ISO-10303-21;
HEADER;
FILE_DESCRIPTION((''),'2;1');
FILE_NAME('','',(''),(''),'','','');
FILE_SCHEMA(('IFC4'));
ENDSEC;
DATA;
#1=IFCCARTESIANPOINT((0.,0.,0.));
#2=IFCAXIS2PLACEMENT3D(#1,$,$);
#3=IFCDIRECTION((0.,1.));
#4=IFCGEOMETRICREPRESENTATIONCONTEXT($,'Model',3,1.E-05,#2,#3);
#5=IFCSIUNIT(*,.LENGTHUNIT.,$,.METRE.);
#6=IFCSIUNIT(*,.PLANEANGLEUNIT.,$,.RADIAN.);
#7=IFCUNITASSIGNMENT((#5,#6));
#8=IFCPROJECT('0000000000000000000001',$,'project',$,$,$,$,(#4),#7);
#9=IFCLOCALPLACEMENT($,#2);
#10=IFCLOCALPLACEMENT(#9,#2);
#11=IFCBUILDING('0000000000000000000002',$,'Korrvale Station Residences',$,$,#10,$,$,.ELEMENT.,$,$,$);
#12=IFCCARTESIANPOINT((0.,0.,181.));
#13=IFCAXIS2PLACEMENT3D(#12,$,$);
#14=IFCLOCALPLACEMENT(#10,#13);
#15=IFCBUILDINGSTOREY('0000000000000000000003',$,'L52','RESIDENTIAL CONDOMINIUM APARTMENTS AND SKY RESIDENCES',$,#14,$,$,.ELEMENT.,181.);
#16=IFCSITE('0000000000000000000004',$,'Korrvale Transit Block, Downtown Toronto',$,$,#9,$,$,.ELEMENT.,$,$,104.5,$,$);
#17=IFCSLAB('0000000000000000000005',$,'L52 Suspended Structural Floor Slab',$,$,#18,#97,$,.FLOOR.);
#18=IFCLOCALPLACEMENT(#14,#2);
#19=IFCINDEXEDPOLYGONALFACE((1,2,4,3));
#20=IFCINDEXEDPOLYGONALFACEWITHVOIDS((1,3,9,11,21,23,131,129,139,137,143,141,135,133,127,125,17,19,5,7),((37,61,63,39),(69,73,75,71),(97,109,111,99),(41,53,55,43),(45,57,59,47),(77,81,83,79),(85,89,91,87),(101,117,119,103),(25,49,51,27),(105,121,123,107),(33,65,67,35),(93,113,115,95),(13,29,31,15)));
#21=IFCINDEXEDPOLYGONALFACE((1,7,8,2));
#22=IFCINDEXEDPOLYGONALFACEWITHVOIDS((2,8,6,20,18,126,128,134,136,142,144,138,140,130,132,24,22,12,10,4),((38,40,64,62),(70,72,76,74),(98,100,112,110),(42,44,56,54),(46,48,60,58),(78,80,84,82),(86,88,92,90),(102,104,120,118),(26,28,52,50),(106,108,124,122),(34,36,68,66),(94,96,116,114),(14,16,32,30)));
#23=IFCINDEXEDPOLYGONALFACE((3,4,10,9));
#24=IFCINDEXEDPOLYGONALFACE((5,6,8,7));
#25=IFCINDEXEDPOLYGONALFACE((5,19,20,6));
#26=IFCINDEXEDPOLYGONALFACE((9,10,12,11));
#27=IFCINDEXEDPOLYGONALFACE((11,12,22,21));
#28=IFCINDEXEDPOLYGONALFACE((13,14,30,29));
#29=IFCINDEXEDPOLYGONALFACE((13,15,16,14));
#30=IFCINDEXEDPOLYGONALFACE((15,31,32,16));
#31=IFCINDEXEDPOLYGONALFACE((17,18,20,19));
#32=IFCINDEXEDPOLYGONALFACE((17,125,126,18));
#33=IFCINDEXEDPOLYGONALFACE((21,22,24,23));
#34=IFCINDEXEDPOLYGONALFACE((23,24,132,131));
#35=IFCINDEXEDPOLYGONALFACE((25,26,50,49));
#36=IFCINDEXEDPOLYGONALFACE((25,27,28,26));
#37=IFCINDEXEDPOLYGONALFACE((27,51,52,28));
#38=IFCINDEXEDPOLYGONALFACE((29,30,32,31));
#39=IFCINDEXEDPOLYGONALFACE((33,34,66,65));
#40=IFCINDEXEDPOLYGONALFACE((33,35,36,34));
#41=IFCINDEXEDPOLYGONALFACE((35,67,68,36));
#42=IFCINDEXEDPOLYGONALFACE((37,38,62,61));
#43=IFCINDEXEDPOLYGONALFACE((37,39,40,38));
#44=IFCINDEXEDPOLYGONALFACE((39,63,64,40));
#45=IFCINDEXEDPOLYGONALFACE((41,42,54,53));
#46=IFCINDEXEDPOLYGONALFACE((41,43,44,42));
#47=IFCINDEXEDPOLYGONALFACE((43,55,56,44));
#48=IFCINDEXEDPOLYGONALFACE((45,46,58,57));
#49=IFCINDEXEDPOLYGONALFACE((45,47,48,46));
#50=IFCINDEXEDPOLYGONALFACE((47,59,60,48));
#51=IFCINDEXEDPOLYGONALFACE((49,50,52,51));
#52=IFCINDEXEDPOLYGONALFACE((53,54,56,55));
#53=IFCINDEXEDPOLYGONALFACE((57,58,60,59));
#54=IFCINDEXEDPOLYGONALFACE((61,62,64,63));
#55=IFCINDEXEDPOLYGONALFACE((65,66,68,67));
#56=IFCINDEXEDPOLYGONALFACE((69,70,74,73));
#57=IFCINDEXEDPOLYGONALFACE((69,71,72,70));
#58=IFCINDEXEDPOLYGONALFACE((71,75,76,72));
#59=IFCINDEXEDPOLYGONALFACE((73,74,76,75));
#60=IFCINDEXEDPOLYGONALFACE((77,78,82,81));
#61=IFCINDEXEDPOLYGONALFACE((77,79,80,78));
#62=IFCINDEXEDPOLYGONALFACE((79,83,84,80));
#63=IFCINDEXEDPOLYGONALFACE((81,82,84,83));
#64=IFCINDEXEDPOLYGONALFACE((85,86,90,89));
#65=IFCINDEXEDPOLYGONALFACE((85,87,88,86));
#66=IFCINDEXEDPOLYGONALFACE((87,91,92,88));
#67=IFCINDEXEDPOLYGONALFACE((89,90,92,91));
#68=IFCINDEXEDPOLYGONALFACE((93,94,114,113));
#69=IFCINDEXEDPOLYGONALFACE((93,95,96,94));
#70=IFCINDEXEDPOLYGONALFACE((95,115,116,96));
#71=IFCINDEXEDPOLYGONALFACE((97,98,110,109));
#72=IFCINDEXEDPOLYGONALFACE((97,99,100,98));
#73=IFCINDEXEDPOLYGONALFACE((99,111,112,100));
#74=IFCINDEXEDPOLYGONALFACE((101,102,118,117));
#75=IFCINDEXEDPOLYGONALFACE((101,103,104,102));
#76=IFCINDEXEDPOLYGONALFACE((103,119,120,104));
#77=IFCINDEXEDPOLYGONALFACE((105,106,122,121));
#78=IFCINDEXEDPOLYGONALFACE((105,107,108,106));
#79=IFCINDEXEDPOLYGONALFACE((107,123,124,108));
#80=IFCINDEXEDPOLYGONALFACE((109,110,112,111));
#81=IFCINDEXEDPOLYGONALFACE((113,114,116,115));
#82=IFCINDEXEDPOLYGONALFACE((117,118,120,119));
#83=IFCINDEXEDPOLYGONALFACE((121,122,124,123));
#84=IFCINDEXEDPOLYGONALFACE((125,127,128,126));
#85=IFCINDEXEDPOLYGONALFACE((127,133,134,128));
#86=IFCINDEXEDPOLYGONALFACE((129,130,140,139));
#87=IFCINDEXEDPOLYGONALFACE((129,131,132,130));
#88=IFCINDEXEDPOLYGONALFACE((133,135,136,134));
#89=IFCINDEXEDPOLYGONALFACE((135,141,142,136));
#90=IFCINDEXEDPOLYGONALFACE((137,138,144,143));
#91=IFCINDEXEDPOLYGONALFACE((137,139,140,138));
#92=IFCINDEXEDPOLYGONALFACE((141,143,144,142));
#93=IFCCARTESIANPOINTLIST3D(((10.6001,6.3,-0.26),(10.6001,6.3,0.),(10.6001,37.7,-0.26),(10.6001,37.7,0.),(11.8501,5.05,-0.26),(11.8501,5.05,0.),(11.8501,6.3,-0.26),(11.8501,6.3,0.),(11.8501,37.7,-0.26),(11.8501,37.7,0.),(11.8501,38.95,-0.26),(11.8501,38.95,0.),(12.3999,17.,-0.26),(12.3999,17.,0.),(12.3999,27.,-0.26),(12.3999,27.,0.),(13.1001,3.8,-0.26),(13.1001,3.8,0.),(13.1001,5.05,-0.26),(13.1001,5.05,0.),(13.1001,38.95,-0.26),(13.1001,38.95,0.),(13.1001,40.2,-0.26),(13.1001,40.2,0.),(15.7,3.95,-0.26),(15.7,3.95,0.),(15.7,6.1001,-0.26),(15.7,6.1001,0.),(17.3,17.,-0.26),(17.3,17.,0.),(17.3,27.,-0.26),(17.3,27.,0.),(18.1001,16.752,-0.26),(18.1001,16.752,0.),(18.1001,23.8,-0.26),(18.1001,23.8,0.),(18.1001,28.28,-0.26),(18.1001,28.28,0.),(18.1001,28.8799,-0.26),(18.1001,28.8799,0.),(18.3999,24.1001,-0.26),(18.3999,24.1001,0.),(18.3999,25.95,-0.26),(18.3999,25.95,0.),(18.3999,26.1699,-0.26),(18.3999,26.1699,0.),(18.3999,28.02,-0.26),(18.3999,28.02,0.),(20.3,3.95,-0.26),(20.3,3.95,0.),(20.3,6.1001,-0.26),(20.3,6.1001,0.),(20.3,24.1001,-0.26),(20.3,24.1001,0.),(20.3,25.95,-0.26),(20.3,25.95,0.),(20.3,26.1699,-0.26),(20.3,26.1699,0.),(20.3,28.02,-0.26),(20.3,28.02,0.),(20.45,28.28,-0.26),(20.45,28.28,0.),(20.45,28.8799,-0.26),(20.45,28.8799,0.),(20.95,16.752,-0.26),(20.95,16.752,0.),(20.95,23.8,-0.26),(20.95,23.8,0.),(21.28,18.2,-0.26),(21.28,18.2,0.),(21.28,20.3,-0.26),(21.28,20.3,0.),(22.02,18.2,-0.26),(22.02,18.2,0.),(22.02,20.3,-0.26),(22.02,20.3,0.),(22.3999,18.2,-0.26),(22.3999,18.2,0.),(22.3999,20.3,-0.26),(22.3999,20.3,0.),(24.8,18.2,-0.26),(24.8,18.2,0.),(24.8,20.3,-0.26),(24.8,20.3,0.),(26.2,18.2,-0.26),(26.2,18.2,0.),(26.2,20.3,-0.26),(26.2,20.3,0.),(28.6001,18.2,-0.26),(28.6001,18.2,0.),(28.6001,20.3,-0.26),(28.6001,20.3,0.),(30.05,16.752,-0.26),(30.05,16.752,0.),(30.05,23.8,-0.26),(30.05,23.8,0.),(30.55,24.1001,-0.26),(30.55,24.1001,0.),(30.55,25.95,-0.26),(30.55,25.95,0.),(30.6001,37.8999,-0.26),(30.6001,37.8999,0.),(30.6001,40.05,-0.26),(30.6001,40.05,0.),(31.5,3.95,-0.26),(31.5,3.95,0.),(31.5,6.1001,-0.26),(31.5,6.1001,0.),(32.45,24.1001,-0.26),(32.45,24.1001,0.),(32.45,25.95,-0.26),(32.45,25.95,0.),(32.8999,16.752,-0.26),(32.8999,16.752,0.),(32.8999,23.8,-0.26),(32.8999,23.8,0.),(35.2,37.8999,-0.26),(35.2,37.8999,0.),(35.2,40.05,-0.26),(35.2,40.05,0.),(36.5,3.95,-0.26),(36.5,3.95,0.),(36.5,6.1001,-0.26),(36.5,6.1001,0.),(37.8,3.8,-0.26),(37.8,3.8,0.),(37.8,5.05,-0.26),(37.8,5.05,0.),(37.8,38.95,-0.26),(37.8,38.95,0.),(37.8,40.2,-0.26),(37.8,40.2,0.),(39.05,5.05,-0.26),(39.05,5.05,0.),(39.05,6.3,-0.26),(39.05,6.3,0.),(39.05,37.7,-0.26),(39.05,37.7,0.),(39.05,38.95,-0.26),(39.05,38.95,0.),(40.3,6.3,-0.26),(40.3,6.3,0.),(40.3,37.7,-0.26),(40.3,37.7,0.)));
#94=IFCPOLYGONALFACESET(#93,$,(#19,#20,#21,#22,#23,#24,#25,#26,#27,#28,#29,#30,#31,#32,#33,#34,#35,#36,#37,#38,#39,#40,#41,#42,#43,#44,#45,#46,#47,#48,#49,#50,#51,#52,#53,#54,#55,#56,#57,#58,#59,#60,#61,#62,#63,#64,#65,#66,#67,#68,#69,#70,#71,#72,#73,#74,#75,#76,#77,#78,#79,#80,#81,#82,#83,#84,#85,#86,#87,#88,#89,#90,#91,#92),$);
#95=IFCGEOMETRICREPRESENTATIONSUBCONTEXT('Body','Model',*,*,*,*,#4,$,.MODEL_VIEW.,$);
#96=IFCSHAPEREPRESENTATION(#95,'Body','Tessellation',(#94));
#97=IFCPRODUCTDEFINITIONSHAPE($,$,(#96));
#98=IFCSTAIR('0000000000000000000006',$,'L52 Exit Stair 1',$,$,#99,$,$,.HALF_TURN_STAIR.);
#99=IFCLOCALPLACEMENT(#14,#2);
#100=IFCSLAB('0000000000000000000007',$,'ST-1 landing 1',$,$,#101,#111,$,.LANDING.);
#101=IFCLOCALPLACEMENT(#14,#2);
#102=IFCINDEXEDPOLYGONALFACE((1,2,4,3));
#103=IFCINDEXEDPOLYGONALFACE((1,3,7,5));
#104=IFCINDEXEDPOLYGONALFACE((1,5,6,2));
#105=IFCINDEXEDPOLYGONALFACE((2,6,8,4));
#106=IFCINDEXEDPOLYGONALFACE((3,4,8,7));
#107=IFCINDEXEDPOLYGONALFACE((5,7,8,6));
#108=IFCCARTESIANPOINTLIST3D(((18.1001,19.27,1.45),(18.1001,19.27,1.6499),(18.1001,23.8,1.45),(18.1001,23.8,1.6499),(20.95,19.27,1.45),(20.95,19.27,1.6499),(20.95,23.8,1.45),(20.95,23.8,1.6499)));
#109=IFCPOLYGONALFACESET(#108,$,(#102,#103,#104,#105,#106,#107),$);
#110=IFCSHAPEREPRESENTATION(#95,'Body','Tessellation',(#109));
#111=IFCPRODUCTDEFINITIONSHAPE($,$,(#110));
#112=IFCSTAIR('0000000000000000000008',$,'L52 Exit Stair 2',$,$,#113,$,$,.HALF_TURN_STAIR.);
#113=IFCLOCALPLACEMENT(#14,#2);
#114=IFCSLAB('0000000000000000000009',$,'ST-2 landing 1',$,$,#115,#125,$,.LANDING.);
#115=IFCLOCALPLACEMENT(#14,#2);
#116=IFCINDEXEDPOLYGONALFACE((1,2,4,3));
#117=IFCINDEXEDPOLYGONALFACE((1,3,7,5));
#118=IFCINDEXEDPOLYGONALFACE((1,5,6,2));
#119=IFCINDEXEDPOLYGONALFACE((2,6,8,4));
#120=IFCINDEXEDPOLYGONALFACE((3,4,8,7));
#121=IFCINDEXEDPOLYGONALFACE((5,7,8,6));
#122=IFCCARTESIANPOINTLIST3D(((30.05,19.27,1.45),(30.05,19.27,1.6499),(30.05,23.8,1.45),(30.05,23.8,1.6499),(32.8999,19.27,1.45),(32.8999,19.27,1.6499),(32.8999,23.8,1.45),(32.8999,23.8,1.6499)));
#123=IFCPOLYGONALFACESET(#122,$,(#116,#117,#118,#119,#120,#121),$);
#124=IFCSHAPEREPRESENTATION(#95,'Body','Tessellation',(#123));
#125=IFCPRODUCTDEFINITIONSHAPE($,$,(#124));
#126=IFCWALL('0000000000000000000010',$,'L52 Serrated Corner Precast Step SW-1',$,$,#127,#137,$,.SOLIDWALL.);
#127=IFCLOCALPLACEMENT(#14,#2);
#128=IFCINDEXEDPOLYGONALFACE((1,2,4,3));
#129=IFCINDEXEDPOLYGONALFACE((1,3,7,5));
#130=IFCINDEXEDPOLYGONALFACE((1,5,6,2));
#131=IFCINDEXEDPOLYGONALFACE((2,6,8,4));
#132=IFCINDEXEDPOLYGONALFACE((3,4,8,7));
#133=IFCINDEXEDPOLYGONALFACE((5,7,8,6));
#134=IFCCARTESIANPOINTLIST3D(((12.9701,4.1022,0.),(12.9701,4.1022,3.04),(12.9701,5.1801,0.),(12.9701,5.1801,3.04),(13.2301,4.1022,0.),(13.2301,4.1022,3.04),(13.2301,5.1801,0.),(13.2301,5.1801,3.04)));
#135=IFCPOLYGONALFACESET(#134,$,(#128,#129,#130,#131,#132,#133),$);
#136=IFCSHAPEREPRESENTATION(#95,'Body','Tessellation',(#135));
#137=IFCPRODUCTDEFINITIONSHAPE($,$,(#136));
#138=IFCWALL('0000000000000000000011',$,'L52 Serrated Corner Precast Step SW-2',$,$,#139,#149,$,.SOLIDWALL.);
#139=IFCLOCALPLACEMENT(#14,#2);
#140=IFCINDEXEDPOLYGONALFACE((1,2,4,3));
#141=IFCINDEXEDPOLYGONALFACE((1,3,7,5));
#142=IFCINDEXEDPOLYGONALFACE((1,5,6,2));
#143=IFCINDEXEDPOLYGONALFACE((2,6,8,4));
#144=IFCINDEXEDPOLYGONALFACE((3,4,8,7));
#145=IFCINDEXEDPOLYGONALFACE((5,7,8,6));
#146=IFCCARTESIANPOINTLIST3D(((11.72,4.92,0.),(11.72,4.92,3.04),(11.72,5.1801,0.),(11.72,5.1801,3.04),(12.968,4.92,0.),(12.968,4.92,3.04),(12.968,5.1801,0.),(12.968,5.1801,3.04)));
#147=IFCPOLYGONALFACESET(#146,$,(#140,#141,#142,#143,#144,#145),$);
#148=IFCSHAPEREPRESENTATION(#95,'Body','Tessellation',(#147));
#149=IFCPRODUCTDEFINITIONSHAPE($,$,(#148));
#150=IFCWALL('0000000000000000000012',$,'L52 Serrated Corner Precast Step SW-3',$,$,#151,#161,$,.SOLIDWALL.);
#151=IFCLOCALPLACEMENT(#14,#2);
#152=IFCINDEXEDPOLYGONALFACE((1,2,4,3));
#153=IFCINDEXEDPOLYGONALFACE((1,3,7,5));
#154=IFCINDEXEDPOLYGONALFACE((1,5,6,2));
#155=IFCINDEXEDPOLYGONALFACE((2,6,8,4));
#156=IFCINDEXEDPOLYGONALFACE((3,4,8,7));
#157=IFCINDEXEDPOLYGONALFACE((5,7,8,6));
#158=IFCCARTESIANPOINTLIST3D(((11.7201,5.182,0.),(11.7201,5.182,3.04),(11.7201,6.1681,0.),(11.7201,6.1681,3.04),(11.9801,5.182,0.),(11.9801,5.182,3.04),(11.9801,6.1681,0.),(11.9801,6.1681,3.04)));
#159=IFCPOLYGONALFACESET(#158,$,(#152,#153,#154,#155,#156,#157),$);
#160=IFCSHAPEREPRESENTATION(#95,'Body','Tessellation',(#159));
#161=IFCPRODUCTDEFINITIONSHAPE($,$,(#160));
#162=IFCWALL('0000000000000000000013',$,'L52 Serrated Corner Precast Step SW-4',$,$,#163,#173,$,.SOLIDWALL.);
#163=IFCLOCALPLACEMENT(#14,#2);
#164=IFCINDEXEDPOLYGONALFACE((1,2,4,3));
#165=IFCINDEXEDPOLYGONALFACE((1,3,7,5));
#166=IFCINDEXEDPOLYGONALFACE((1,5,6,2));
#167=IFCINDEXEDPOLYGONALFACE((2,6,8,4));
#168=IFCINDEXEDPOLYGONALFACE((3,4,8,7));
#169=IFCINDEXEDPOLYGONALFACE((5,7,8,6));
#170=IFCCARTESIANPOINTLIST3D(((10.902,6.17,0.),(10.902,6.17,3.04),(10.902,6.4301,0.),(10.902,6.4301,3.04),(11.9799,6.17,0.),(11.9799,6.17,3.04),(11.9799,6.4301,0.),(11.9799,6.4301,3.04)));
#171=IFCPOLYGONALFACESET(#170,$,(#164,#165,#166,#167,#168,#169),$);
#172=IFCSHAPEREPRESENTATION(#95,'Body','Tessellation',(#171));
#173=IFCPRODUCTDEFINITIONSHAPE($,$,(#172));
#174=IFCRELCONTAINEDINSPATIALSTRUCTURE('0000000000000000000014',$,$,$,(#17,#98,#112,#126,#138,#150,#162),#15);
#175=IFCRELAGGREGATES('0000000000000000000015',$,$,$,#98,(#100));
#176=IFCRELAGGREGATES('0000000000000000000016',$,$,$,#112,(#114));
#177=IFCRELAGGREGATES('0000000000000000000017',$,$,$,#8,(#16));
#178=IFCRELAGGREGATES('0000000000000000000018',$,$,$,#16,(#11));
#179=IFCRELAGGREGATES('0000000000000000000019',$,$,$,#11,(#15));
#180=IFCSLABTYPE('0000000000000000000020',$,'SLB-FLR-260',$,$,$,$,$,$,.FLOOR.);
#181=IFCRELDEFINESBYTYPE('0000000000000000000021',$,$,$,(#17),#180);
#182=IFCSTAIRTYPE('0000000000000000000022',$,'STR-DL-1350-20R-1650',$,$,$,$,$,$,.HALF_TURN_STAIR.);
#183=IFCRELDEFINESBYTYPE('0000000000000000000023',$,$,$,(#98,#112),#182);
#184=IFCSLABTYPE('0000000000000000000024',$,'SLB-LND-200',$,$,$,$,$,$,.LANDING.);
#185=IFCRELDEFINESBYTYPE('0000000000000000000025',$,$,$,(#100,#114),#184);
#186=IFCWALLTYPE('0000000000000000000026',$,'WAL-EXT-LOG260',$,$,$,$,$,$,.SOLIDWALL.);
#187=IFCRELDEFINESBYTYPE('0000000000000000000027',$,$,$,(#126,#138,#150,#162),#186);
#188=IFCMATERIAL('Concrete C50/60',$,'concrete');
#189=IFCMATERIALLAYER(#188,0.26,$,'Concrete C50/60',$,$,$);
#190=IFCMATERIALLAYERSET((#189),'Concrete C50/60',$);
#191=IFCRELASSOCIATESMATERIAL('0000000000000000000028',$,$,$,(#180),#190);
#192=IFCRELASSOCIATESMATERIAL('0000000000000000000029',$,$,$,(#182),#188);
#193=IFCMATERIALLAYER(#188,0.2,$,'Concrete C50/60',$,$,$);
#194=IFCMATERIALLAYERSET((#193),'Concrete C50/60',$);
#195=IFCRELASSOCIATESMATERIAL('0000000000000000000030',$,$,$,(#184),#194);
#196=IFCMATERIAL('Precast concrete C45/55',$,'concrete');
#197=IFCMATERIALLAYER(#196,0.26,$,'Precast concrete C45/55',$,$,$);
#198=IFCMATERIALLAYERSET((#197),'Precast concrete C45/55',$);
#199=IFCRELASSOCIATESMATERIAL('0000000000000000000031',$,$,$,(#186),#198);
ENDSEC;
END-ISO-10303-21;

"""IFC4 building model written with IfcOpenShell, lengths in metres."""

from ifc_helpers import new_model, si_unit, direction, frame, frame_2d, origin, place, context, subcontext, project, spatial, polyline, rectangle, outline, extrude, material, layer, layer_set, type_object, element, aggregate, save


model = new_model("IFC4")

# Units and contexts
model_context = context("Model", 3, precision=1e-05, world=origin(), true_north=direction((0.0, 1.0)))
body_context = subcontext(model_context, "Body", "Model", "MODEL_VIEW")
ifc_project = project(units=[si_unit("LENGTHUNIT", "METRE"), si_unit("PLANEANGLEUNIT", "RADIAN")], contexts=[model_context])

# Site, building, storey
site_placement = place(None, origin())
site = spatial("IfcSite", under=ifc_project, at=site_placement, Name="Korrvale Transit Block, Downtown Toronto", CompositionType="ELEMENT", RefElevation=104.5)
building_placement = place(site_placement, origin())
building = spatial("IfcBuilding", under=site, at=building_placement, Name="Korrvale Station Residences", CompositionType="ELEMENT")
storey_placement = place(building_placement, frame((0.0, 0.0, 181.0)))
storey = spatial("IfcBuildingStorey", under=building, at=storey_placement, Name="L52", Description="RESIDENTIAL CONDOMINIUM APARTMENTS AND SKY RESIDENCES", CompositionType="ELEMENT", Elevation=181.0)

# Shared definitions
ifc_material_1 = material(Name="Concrete C50/60", Category="concrete")

# Slab
ifc_layer_1 = layer(ifc_material_1, 0.26, Name="Concrete C50/60")
ifc_layer_set_1 = layer_set([ifc_layer_1], Name="Concrete C50/60")
slab_type_1 = type_object("IfcSlabType", Name="SLB-FLR-260", PredefinedType="FLOOR", material=ifc_layer_set_1)
slab_1_placement = place(storey_placement, frame((0.0, 0.0, -0.26)))
element("IfcSlab", 1, at=slab_1_placement, inside=storey, type_object=slab_type_1, Name="L52 Suspended Structural Floor Slab", PredefinedType="FLOOR", context=body_context, shape_type="SweptSolid", body=[
    extrude(outline(polyline([(13.1001, 3.8), (37.8, 3.8), (37.8, 5.05), (39.05, 5.05), (39.05, 6.3), (40.3, 6.3), (40.3, 37.7), (39.05, 37.7), (39.05, 38.95), (37.8, 38.95), (37.8, 40.2), (13.1001, 40.2), (13.1001, 38.95), (11.8501, 38.95), (11.8501, 37.7), (10.6001, 37.7), (10.6001, 6.3), (11.8501, 6.3), (11.8501, 5.05), (13.1001, 5.05), (13.1001, 3.8)]), holes=[polyline([(20.95, 16.752), (20.95, 23.8), (18.1001, 23.8), (18.1001, 16.752), (20.95, 16.752)]), polyline([(32.8999, 16.752), (32.8999, 23.8), (30.05, 23.8), (30.05, 16.752), (32.8999, 16.752)]), polyline([(12.3999, 17.0), (17.3, 17.0), (17.3, 27.0), (12.3999, 27.0), (12.3999, 17.0)]), polyline([(18.3999, 24.1001), (20.3, 24.1001), (20.3, 25.95), (18.3999, 25.95), (18.3999, 24.1001)]), polyline([(18.3999, 26.1699), (20.3, 26.1699), (20.3, 28.02), (18.3999, 28.02), (18.3999, 26.1699)]), polyline([(30.55, 24.1001), (32.45, 24.1001), (32.45, 25.95), (30.55, 25.95), (30.55, 24.1001)]), polyline([(22.3999, 18.2), (24.8, 18.2), (24.8, 20.3), (22.3999, 20.3), (22.3999, 18.2)]), polyline([(26.2, 18.2), (28.6001, 18.2), (28.6001, 20.3), (26.2, 20.3), (26.2, 18.2)]), polyline([(18.1001, 28.28), (20.45, 28.28), (20.45, 28.8799), (18.1001, 28.8799), (18.1001, 28.28)]), polyline([(21.28, 18.2), (22.02, 18.2), (22.02, 20.3), (21.28, 20.3), (21.28, 18.2)]), polyline([(15.7, 3.95), (20.3, 3.95), (20.3, 6.1001), (15.7, 6.1001), (15.7, 3.95)]), polyline([(30.6001, 37.8999), (35.2, 37.8999), (35.2, 40.05), (30.6001, 40.05), (30.6001, 37.8999)]), polyline([(31.5, 3.95), (36.5, 3.95), (36.5, 6.1001), (31.5, 6.1001), (31.5, 3.95)])]), origin(), (0.0, 0.0, 1.0), 0.26),
])

# Stairs, slabs
stair_type = type_object("IfcStairType", Name="STR-DL-1350-20R-1650", PredefinedType="HALF_TURN_STAIR", material=ifc_material_1)
stair_1_placement = place(storey_placement, origin())
stair_1 = element("IfcStair", 2, at=stair_1_placement, inside=storey, type_object=stair_type, Name="L52 Exit Stair 1", PredefinedType="HALF_TURN_STAIR")
ifc_layer_2 = layer(ifc_material_1, 0.2, Name="Concrete C50/60")
ifc_layer_set_2 = layer_set([ifc_layer_2], Name="Concrete C50/60")
slab_type_2 = type_object("IfcSlabType", Name="SLB-LND-200", PredefinedType="LANDING", material=ifc_layer_set_2)
slab_2_placement = place(storey_placement, frame((0.0, 0.0, 1.45)))
slab_2 = element("IfcSlab", 3, at=slab_2_placement, type_object=slab_type_2, Name="ST-1 landing 1", PredefinedType="LANDING", context=body_context, shape_type="SweptSolid", body=[
    extrude(outline(polyline([(20.95, 19.27), (20.95, 23.8), (18.1001, 23.8), (18.1001, 19.27), (20.95, 19.27)])), origin(), (0.0, 0.0, 1.0), 0.2),
])
aggregate(stair_1, [slab_2])
stair_2_placement = place(storey_placement, origin())
stair_2 = element("IfcStair", 4, at=stair_2_placement, inside=storey, type_object=stair_type, Name="L52 Exit Stair 2", PredefinedType="HALF_TURN_STAIR")
slab_3_placement = place(storey_placement, frame((0.0, 0.0, 1.45)))
slab_3 = element("IfcSlab", 5, at=slab_3_placement, type_object=slab_type_2, Name="ST-2 landing 1", PredefinedType="LANDING", context=body_context, shape_type="SweptSolid", body=[
    extrude(outline(polyline([(32.8999, 19.27), (32.8999, 23.8), (30.05, 23.8), (30.05, 19.27), (32.8999, 19.27)])), origin(), (0.0, 0.0, 1.0), 0.2),
])
aggregate(stair_2, [slab_3])

# Walls
ifc_material_2 = material(Name="Precast concrete C45/55", Category="concrete")
ifc_layer_3 = layer(ifc_material_2, 0.26, Name="Precast concrete C45/55")
ifc_layer_set_3 = layer_set([ifc_layer_3], Name="Precast concrete C45/55")
wall_type_1 = type_object("IfcWallType", Name="WAL-EXT-LOG260", PredefinedType="SOLIDWALL", material=ifc_layer_set_3)
wall_1_placement = place(storey_placement, frame((13.1001, 4.1021, 0.0), z_axis=(0.0, 0.0, 1.0), x_axis=(0.0, 1.0, 0.0)))
element("IfcWall", 6, at=wall_1_placement, inside=storey, type_object=wall_type_1, Name="L52 Serrated Corner Precast Step SW-1", PredefinedType="SOLIDWALL", context=body_context, shape_type="SweptSolid", body=[
    extrude(rectangle(XDim=1.0779, YDim=0.26, at=frame_2d((0.5391, 0.0))), origin(), (0.0, 0.0, 1.0), 3.04),
])
wall_2_placement = place(storey_placement, frame((12.968, 5.05, 0.0), z_axis=(0.0, 0.0, 1.0), x_axis=(-1.0, 0.0, 0.0)))
element("IfcWall", 7, at=wall_2_placement, inside=storey, type_object=wall_type_1, Name="L52 Serrated Corner Precast Step SW-2", PredefinedType="SOLIDWALL", context=body_context, shape_type="SweptSolid", body=[
    extrude(rectangle(XDim=1.248, YDim=0.26, at=frame_2d((0.624, 0.0))), origin(), (0.0, 0.0, 1.0), 3.04),
])
wall_3_placement = place(storey_placement, frame((11.8501, 5.1819, 0.0), z_axis=(0.0, 0.0, 1.0), x_axis=(0.0, 1.0, 0.0)))
element("IfcWall", 8, at=wall_3_placement, inside=storey, type_object=wall_type_1, Name="L52 Serrated Corner Precast Step SW-3", PredefinedType="SOLIDWALL", context=body_context, shape_type="SweptSolid", body=[
    extrude(rectangle(XDim=0.9861, YDim=0.26, at=frame_2d((0.4932, 0.0))), origin(), (0.0, 0.0, 1.0), 3.04),
])
wall_4_placement = place(storey_placement, frame((11.98, 6.3, 0.0), z_axis=(0.0, 0.0, 1.0), x_axis=(-1.0, 0.0, 0.0)))
element("IfcWall", 9, at=wall_4_placement, inside=storey, type_object=wall_type_1, Name="L52 Serrated Corner Precast Step SW-4", PredefinedType="SOLIDWALL", context=body_context, shape_type="SweptSolid", body=[
    extrude(rectangle(XDim=1.0779, YDim=0.26, at=frame_2d((0.5391, 0.0))), origin(), (0.0, 0.0, 1.0), 3.04),
])

save(model, "model.ifc")
